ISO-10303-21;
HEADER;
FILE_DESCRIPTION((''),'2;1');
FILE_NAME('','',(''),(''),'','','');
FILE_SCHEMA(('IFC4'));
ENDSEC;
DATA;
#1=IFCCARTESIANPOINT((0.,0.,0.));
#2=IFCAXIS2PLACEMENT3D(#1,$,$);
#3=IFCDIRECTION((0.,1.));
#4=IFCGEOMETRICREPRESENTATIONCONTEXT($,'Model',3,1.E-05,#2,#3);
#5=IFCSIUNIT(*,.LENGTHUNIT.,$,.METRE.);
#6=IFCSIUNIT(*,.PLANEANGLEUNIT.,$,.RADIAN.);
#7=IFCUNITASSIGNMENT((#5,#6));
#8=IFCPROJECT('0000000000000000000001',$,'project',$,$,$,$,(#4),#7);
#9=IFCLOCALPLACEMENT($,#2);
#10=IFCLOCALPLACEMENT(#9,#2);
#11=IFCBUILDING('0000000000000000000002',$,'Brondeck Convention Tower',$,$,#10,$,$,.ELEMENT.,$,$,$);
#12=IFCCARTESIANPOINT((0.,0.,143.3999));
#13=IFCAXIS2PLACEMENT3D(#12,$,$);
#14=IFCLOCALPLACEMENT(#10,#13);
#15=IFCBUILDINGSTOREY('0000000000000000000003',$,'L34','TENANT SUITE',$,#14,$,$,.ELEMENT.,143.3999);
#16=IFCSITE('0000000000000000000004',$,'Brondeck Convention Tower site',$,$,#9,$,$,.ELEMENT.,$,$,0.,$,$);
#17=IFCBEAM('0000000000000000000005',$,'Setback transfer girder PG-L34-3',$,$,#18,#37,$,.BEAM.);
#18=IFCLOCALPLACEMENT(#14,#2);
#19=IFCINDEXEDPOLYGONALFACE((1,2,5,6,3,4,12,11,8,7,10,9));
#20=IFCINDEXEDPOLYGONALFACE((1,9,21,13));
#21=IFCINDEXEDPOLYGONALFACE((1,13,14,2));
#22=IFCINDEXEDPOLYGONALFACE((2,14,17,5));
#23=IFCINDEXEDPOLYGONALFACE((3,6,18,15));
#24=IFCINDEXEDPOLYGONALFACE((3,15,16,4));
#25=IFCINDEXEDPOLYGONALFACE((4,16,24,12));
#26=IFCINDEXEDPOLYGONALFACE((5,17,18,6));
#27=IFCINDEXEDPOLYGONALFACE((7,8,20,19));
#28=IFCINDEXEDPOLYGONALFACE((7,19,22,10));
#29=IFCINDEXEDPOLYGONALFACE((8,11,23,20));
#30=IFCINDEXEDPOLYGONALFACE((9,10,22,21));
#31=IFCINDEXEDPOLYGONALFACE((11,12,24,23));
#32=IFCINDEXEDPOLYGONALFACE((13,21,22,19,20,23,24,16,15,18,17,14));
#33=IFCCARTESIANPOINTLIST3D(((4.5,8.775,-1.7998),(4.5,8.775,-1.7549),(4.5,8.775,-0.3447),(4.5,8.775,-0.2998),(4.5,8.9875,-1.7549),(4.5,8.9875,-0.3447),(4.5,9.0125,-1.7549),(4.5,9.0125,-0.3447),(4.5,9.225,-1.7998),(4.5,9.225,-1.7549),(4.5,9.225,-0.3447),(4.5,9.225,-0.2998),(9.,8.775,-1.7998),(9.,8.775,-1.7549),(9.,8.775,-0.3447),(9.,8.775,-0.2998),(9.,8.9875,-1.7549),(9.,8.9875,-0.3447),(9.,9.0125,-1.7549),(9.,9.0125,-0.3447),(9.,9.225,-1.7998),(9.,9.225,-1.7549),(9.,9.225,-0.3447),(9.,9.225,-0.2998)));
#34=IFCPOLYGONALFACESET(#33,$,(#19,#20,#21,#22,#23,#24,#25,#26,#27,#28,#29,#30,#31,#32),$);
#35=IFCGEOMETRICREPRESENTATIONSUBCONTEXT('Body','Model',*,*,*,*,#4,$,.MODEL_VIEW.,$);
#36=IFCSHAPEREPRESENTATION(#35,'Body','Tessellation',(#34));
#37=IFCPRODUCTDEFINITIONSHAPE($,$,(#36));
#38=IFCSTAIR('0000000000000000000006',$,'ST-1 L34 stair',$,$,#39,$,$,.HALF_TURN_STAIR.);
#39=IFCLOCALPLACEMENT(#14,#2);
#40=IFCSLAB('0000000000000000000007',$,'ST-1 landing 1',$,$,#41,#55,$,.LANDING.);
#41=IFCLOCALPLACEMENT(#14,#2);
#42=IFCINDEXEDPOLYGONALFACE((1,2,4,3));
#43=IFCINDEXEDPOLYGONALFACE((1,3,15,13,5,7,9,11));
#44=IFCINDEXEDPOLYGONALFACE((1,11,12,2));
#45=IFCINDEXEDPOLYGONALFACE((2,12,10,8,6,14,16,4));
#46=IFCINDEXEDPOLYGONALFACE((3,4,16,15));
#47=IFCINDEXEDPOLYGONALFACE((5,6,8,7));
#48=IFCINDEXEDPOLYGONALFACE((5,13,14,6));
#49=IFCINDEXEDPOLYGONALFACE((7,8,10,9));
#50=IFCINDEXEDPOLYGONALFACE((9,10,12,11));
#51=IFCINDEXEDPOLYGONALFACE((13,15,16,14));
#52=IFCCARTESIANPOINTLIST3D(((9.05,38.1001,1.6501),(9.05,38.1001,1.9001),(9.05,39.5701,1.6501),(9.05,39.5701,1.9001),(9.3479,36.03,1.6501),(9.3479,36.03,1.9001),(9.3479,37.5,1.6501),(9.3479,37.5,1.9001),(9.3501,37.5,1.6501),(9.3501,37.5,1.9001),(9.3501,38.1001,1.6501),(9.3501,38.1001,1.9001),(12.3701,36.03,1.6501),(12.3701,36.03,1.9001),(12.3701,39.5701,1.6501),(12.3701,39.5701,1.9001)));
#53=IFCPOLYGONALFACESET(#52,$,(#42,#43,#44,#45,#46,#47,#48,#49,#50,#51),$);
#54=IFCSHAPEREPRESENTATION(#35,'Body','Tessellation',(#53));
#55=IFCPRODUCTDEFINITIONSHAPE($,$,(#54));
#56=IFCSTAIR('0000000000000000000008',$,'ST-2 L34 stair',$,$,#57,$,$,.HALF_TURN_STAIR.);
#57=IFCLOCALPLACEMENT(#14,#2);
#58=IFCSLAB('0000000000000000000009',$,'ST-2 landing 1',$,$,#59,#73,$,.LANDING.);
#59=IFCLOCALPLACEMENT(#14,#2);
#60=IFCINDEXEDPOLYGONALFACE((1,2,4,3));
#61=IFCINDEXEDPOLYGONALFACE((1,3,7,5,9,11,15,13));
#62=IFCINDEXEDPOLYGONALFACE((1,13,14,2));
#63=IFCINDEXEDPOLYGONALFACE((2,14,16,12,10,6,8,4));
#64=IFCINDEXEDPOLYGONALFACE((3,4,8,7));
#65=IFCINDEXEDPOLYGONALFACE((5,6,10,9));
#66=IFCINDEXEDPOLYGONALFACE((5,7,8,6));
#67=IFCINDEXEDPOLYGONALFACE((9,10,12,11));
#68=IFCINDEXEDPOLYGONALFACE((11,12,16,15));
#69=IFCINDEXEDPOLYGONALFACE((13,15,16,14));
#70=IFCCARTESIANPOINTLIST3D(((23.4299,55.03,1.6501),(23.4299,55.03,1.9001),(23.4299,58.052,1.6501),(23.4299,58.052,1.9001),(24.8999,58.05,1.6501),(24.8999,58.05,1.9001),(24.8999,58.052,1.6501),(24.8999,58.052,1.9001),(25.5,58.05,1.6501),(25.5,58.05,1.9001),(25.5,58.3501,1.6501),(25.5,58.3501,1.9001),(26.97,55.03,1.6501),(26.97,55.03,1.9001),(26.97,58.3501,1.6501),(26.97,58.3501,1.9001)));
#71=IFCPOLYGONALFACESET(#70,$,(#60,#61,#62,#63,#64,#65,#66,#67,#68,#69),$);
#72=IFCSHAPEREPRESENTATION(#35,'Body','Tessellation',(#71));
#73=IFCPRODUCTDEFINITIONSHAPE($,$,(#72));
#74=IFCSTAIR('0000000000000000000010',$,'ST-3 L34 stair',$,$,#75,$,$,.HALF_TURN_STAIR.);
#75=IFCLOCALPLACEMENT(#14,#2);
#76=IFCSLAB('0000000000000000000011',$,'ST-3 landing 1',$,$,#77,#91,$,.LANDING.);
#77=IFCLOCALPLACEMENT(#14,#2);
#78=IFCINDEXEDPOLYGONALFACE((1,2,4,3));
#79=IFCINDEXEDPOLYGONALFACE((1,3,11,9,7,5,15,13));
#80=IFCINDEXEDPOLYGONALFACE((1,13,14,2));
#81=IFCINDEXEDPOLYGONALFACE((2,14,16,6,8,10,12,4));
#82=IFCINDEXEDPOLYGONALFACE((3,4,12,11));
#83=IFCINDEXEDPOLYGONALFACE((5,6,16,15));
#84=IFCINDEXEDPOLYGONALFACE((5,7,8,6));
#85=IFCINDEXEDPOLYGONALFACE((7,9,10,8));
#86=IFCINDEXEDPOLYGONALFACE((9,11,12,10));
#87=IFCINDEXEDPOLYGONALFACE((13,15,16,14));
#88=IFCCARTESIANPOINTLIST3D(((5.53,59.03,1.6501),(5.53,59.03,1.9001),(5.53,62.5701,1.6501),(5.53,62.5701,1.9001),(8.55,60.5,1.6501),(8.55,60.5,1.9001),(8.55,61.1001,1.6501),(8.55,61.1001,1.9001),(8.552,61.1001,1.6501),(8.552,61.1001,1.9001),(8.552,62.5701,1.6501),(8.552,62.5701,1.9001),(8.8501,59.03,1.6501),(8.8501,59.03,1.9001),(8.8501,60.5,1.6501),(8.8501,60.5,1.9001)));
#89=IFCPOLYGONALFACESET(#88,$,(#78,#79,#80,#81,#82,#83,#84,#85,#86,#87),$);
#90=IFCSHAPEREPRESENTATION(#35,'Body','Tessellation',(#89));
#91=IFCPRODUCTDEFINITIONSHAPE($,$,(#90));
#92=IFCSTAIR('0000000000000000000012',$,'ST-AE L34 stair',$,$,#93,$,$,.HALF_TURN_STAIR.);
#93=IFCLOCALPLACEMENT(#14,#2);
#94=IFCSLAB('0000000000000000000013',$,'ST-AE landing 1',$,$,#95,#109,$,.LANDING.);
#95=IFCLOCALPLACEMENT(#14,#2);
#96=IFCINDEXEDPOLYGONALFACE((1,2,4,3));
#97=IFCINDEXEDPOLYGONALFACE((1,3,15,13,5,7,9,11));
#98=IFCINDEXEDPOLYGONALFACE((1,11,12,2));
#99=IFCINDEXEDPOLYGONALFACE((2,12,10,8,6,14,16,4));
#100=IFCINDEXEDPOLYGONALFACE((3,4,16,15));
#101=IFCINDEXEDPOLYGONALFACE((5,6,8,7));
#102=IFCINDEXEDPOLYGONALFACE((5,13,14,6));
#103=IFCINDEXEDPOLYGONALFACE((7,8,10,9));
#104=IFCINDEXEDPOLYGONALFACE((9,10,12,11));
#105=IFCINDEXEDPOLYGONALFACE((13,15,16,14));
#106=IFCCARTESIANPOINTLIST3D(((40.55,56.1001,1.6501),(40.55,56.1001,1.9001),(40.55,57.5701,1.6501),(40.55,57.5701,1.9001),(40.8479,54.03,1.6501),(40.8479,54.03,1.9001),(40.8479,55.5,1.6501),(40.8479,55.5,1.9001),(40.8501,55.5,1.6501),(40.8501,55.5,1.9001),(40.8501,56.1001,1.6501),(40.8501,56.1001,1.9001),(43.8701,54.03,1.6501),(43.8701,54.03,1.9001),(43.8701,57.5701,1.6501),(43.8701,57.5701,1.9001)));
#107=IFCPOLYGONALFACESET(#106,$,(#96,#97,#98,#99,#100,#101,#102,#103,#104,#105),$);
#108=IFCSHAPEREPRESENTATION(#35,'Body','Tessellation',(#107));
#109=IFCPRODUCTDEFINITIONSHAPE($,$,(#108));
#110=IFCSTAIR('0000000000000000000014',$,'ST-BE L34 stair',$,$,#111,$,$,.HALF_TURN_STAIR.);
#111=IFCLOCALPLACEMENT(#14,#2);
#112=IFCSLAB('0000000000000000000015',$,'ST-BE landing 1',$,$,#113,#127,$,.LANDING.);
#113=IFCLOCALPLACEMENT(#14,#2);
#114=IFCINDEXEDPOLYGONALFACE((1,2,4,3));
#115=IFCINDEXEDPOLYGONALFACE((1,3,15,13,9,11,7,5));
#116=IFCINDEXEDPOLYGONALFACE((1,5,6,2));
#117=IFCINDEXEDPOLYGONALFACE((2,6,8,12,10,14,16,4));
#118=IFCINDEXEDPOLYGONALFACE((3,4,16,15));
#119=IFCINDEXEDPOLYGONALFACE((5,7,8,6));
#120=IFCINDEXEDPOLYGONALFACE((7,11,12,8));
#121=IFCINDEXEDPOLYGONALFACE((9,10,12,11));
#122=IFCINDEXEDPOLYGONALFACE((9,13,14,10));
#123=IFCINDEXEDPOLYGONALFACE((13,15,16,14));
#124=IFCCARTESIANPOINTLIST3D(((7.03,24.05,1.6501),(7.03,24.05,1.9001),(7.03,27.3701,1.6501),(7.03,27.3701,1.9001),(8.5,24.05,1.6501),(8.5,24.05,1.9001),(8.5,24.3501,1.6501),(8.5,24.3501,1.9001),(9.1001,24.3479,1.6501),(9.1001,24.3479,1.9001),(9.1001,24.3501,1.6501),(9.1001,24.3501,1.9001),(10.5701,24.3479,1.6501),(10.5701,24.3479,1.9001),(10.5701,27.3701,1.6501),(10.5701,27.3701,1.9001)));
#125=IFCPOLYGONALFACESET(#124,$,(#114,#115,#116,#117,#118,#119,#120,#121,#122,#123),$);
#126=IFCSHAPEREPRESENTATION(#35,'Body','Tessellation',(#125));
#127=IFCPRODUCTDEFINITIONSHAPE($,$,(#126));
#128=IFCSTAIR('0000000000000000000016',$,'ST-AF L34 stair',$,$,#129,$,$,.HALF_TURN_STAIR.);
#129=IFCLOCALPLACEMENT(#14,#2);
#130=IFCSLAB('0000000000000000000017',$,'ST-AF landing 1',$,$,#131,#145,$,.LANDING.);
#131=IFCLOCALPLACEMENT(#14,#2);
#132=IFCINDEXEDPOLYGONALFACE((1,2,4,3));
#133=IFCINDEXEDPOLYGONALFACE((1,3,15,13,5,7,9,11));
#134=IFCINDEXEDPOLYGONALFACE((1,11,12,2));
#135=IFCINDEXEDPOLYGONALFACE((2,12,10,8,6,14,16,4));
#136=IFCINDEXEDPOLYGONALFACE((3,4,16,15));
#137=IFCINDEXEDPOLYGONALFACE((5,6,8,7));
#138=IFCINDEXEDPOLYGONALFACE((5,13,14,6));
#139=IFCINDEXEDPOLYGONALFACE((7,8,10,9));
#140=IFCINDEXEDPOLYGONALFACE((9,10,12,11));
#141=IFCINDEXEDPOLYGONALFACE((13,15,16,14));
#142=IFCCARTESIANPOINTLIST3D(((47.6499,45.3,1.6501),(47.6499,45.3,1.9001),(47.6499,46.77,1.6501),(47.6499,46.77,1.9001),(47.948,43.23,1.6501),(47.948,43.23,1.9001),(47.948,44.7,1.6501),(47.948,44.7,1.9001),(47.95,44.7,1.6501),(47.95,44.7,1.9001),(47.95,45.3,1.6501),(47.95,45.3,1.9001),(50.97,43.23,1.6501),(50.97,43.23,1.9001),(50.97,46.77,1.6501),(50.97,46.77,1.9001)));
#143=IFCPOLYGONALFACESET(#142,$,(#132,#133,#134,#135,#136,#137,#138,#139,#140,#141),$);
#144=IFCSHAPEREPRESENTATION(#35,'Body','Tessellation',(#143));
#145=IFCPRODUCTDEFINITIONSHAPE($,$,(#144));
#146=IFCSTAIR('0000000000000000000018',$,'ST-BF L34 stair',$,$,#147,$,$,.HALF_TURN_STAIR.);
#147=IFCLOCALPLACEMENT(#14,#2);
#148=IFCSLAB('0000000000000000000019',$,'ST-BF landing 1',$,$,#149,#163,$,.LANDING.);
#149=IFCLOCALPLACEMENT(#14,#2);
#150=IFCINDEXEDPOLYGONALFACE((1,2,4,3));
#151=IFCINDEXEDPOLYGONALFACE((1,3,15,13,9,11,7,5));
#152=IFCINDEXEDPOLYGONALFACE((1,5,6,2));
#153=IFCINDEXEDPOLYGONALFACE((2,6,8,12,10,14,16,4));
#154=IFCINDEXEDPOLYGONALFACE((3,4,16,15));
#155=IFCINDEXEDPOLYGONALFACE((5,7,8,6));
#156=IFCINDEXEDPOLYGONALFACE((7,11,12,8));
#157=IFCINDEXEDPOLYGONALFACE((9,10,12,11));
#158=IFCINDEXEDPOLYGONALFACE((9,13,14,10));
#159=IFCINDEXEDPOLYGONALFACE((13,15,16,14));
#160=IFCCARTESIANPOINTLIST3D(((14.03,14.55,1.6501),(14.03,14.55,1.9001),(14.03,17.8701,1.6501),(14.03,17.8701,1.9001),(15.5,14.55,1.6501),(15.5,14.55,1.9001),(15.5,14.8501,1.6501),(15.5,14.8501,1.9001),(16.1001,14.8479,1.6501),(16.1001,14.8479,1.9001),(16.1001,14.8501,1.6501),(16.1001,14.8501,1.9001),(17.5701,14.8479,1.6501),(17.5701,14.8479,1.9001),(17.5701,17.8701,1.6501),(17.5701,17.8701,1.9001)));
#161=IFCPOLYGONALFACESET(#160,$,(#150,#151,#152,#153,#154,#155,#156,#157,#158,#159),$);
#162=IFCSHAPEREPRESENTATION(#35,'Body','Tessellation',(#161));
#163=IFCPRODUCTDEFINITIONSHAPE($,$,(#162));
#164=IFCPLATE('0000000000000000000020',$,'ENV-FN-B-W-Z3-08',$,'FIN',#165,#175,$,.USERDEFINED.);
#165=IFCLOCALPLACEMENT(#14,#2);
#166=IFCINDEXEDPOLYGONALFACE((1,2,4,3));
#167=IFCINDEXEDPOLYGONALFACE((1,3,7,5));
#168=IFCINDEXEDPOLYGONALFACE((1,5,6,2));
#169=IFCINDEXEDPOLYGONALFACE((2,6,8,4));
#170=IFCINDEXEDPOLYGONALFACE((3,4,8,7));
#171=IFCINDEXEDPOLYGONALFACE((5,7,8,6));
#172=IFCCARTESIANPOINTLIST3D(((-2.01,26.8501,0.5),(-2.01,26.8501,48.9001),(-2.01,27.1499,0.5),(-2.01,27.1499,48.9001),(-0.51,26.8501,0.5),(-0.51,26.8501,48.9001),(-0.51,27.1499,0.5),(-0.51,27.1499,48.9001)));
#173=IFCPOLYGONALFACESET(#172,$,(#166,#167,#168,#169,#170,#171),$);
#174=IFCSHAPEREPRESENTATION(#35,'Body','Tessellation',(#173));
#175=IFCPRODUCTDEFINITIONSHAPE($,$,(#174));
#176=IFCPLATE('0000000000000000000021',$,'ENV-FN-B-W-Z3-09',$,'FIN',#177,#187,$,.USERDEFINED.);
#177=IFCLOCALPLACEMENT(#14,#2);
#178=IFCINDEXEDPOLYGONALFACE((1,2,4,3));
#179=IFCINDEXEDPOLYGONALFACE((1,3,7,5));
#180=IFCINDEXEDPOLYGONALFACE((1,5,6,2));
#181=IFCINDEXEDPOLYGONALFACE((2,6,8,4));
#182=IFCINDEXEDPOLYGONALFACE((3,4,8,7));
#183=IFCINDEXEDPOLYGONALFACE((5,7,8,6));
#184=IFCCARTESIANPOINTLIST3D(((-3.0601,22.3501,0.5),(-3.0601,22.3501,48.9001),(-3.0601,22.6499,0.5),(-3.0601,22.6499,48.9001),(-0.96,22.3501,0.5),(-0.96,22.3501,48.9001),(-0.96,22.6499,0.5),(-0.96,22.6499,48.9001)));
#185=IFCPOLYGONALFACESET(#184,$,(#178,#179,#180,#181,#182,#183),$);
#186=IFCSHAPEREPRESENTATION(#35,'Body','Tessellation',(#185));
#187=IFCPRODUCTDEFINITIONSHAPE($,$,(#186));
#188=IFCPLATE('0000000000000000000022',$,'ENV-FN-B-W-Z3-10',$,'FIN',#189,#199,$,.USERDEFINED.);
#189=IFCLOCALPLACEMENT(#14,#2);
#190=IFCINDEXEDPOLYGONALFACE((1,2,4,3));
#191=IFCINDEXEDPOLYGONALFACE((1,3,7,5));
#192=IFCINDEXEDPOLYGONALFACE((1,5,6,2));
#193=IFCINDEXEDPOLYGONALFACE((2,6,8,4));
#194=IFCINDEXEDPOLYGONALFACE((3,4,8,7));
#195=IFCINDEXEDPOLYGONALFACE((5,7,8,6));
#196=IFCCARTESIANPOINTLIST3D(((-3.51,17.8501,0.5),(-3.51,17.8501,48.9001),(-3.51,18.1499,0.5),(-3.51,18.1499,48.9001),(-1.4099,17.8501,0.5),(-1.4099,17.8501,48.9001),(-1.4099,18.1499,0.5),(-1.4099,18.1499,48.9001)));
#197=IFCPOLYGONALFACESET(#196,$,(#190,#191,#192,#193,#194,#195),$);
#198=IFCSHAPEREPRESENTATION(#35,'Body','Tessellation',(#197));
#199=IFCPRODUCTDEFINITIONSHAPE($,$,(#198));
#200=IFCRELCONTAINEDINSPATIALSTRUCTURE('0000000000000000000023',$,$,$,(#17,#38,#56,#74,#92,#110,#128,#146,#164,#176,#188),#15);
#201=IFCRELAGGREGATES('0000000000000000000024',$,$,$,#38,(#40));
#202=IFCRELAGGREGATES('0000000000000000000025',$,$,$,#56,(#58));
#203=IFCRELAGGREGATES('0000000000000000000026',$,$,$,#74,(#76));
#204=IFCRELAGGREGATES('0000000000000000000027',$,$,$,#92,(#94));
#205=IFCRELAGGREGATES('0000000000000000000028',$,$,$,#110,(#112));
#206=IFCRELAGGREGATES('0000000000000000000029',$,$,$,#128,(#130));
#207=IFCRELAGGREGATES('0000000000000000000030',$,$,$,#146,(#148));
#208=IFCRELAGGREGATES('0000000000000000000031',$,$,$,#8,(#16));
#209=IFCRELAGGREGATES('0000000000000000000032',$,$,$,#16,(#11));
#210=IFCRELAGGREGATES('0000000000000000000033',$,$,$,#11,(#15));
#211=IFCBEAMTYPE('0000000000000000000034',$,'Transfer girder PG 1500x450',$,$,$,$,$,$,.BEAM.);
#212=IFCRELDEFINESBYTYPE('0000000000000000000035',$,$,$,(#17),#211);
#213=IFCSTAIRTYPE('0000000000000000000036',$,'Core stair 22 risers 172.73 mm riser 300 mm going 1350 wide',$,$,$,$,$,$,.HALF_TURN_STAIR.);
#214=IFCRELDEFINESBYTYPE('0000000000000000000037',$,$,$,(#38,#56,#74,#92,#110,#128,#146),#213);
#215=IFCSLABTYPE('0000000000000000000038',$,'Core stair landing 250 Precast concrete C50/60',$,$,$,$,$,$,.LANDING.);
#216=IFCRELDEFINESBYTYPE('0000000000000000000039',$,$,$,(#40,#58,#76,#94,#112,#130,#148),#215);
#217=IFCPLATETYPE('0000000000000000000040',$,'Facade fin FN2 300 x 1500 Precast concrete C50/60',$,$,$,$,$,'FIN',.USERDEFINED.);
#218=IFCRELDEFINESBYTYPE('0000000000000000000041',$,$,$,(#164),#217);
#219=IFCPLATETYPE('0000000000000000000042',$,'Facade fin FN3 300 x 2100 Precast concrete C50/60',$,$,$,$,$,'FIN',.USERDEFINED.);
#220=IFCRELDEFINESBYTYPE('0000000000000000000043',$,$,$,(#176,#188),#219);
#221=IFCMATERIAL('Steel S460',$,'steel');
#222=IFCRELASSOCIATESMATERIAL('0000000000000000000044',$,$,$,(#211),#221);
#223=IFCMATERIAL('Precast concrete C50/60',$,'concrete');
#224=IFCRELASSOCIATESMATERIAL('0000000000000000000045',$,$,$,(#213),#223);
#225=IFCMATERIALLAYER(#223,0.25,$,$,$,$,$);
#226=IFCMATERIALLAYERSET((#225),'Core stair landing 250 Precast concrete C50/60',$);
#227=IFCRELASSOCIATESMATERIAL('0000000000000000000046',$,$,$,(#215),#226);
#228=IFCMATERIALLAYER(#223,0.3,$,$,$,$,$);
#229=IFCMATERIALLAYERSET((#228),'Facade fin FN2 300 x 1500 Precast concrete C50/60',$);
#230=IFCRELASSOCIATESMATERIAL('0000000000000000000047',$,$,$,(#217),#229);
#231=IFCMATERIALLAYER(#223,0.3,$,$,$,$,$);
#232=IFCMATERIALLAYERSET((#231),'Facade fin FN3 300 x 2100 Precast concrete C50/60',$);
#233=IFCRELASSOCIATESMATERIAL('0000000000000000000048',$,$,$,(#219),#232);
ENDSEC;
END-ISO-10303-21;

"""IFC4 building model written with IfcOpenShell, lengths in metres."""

from ifc_helpers import new_model, si_unit, direction, frame, origin, origin_2d, place, context, subcontext, project, spatial, polyline, i_section, outline, extrude, material, layer, layer_set, material_profile, profile_set, type_object, element, aggregate, save


model = new_model("IFC4")

# Units and contexts
model_context = context("Model", 3, precision=1e-05, world=origin(), true_north=direction((0.0, 1.0)))
body_context = subcontext(model_context, "Body", "Model", "MODEL_VIEW")
ifc_project = project(units=[si_unit("LENGTHUNIT", "METRE"), si_unit("PLANEANGLEUNIT", "RADIAN")], contexts=[model_context])

# Site, building, storey
site_placement = place(None, origin())
site = spatial("IfcSite", under=ifc_project, at=site_placement, Name="Brondeck Convention Tower site", CompositionType="ELEMENT", RefElevation=0.0)
building_placement = place(site_placement, origin())
building = spatial("IfcBuilding", under=site, at=building_placement, Name="Brondeck Convention Tower", CompositionType="ELEMENT")
storey_placement = place(building_placement, frame((0.0, 0.0, 143.3999)))
storey = spatial("IfcBuildingStorey", under=building, at=storey_placement, Name="L34", Description="TENANT SUITE", CompositionType="ELEMENT", Elevation=143.3999)

# Beam
ifc_material_1 = material(Name="Steel S460", Category="steel")
ifc_material_profile_1 = material_profile(ifc_material_1, i_section(OverallWidth=0.45, OverallDepth=1.5, WebThickness=0.0249, FlangeThickness=0.0449, at=origin_2d()), Name="PG 1500x450")
ifc_profile_set_1 = profile_set([ifc_material_profile_1], Name="Steel S460")
beam_type_1 = type_object("IfcBeamType", Name="Transfer girder PG 1500x450", PredefinedType="BEAM", material=ifc_profile_set_1)
beam_1_placement = place(storey_placement, frame((4.5, 9.0, -1.0498), z_axis=(1.0, 0.0, 0.0), x_axis=(0.0, 1.0, 0.0)))
element("IfcBeam", 1, at=beam_1_placement, inside=storey, type_object=beam_type_1, Name="Setback transfer girder PG-L34-3", PredefinedType="BEAM", context=body_context, shape_type="SweptSolid", body=[
    extrude(i_section(OverallWidth=0.45, OverallDepth=1.5, WebThickness=0.0249, FlangeThickness=0.0449, at=origin_2d()), origin(), (0.0, 0.0, 1.0), 4.5),
])

# Stairs, slabs
ifc_material_2 = material(Name="Precast concrete C50/60", Category="concrete")
stair_type = type_object("IfcStairType", Name="Core stair 22 risers 172.73 mm riser 300 mm going 1350 wide", PredefinedType="HALF_TURN_STAIR", material=ifc_material_2)
stair_1_placement = place(storey_placement, origin())
stair_1 = element("IfcStair", 2, at=stair_1_placement, inside=storey, type_object=stair_type, Name="ST-1 L34 stair", PredefinedType="HALF_TURN_STAIR")
ifc_layer_1 = layer(ifc_material_2, 0.25)
ifc_layer_set_1 = layer_set([ifc_layer_1], Name="Core stair landing 250 Precast concrete C50/60")
slab_type = type_object("IfcSlabType", Name="Core stair landing 250 Precast concrete C50/60", PredefinedType="LANDING", material=ifc_layer_set_1)
slab_1_placement = place(storey_placement, frame((0.0, 0.0, 1.6501)))
slab_1 = element("IfcSlab", 3, at=slab_1_placement, type_object=slab_type, Name="ST-1 landing 1", PredefinedType="LANDING", context=body_context, shape_type="SweptSolid", body=[
    extrude(outline(polyline([(9.3479, 37.5), (9.3501, 37.5), (9.3501, 38.1001), (9.05, 38.1001), (9.05, 39.5701), (12.3701, 39.5701), (12.3701, 36.03), (9.3479, 36.03), (9.3479, 37.5)])), origin(), (0.0, 0.0, 1.0), 0.25),
])
aggregate(stair_1, [slab_1])
stair_2_placement = place(storey_placement, origin())
stair_2 = element("IfcStair", 4, at=stair_2_placement, inside=storey, type_object=stair_type, Name="ST-2 L34 stair", PredefinedType="HALF_TURN_STAIR")
slab_2_placement = place(storey_placement, frame((0.0, 0.0, 1.6501)))
slab_2 = element("IfcSlab", 5, at=slab_2_placement, type_object=slab_type, Name="ST-2 landing 1", PredefinedType="LANDING", context=body_context, shape_type="SweptSolid", body=[
    extrude(outline(polyline([(23.4299, 58.052), (24.8999, 58.052), (24.8999, 58.05), (25.5, 58.05), (25.5, 58.3501), (26.97, 58.3501), (26.97, 55.03), (23.4299, 55.03), (23.4299, 58.052)])), origin(), (0.0, 0.0, 1.0), 0.25),
])
aggregate(stair_2, [slab_2])
stair_3_placement = place(storey_placement, origin())
stair_3 = element("IfcStair", 6, at=stair_3_placement, inside=storey, type_object=stair_type, Name="ST-3 L34 stair", PredefinedType="HALF_TURN_STAIR")
slab_3_placement = place(storey_placement, frame((0.0, 0.0, 1.6501)))
slab_3 = element("IfcSlab", 7, at=slab_3_placement, type_object=slab_type, Name="ST-3 landing 1", PredefinedType="LANDING", context=body_context, shape_type="SweptSolid", body=[
    extrude(outline(polyline([(8.8501, 60.5), (8.8501, 59.03), (5.53, 59.03), (5.53, 62.5701), (8.552, 62.5701), (8.552, 61.1001), (8.55, 61.1001), (8.55, 60.5), (8.8501, 60.5)])), origin(), (0.0, 0.0, 1.0), 0.25),
])
aggregate(stair_3, [slab_3])
stair_4_placement = place(storey_placement, origin())
stair_4 = element("IfcStair", 8, at=stair_4_placement, inside=storey, type_object=stair_type, Name="ST-AE L34 stair", PredefinedType="HALF_TURN_STAIR")
slab_4_placement = place(storey_placement, frame((0.0, 0.0, 1.6501)))
slab_4 = element("IfcSlab", 9, at=slab_4_placement, type_object=slab_type, Name="ST-AE landing 1", PredefinedType="LANDING", context=body_context, shape_type="SweptSolid", body=[
    extrude(outline(polyline([(40.8479, 55.5), (40.8501, 55.5), (40.8501, 56.1001), (40.55, 56.1001), (40.55, 57.5701), (43.8701, 57.5701), (43.8701, 54.03), (40.8479, 54.03), (40.8479, 55.5)])), origin(), (0.0, 0.0, 1.0), 0.25),
])
aggregate(stair_4, [slab_4])
stair_5_placement = place(storey_placement, origin())
stair_5 = element("IfcStair", 10, at=stair_5_placement, inside=storey, type_object=stair_type, Name="ST-BE L34 stair", PredefinedType="HALF_TURN_STAIR")
slab_5_placement = place(storey_placement, frame((0.0, 0.0, 1.6501)))
slab_5 = element("IfcSlab", 11, at=slab_5_placement, type_object=slab_type, Name="ST-BE landing 1", PredefinedType="LANDING", context=body_context, shape_type="SweptSolid", body=[
    extrude(outline(polyline([(7.03, 24.05), (7.03, 27.3701), (10.5701, 27.3701), (10.5701, 24.3479), (9.1001, 24.3479), (9.1001, 24.3501), (8.5, 24.3501), (8.5, 24.05), (7.03, 24.05)])), origin(), (0.0, 0.0, 1.0), 0.25),
])
aggregate(stair_5, [slab_5])
stair_6_placement = place(storey_placement, origin())
stair_6 = element("IfcStair", 12, at=stair_6_placement, inside=storey, type_object=stair_type, Name="ST-AF L34 stair", PredefinedType="HALF_TURN_STAIR")
slab_6_placement = place(storey_placement, frame((0.0, 0.0, 1.6501)))
slab_6 = element("IfcSlab", 13, at=slab_6_placement, type_object=slab_type, Name="ST-AF landing 1", PredefinedType="LANDING", context=body_context, shape_type="SweptSolid", body=[
    extrude(outline(polyline([(47.948, 44.7), (47.95, 44.7), (47.95, 45.3), (47.6499, 45.3), (47.6499, 46.77), (50.97, 46.77), (50.97, 43.23), (47.948, 43.23), (47.948, 44.7)])), origin(), (0.0, 0.0, 1.0), 0.25),
])
aggregate(stair_6, [slab_6])
stair_7_placement = place(storey_placement, origin())
stair_7 = element("IfcStair", 14, at=stair_7_placement, inside=storey, type_object=stair_type, Name="ST-BF L34 stair", PredefinedType="HALF_TURN_STAIR")
slab_7_placement = place(storey_placement, frame((0.0, 0.0, 1.6501)))
slab_7 = element("IfcSlab", 15, at=slab_7_placement, type_object=slab_type, Name="ST-BF landing 1", PredefinedType="LANDING", context=body_context, shape_type="SweptSolid", body=[
    extrude(outline(polyline([(14.03, 14.55), (14.03, 17.8701), (17.5701, 17.8701), (17.5701, 14.8479), (16.1001, 14.8479), (16.1001, 14.8501), (15.5, 14.8501), (15.5, 14.55), (14.03, 14.55)])), origin(), (0.0, 0.0, 1.0), 0.25),
])
aggregate(stair_7, [slab_7])

# Plates
ifc_layer_2 = layer(ifc_material_2, 0.3)
ifc_layer_set_2 = layer_set([ifc_layer_2], Name="Facade fin FN2 300 x 1500 Precast concrete C50/60")
plate_type_1 = type_object("IfcPlateType", Name="Facade fin FN2 300 x 1500 Precast concrete C50/60", ElementType="FIN", PredefinedType="USERDEFINED", material=ifc_layer_set_2)
plate_1_placement = place(storey_placement, frame((0.0, 0.0, 0.5)))
element("IfcPlate", 16, at=plate_1_placement, inside=storey, type_object=plate_type_1, Name="ENV-FN-B-W-Z3-08", ObjectType="FIN", PredefinedType="USERDEFINED", context=body_context, shape_type="SweptSolid", body=[
    extrude(outline(polyline([(-2.01, 26.8501), (-0.51, 26.8501), (-0.51, 27.1499), (-2.01, 27.1499), (-2.01, 26.8501)])), origin(), (0.0, 0.0, 1.0), 48.4001),
])
ifc_layer_3 = layer(ifc_material_2, 0.3)
ifc_layer_set_3 = layer_set([ifc_layer_3], Name="Facade fin FN3 300 x 2100 Precast concrete C50/60")
plate_type_2 = type_object("IfcPlateType", Name="Facade fin FN3 300 x 2100 Precast concrete C50/60", ElementType="FIN", PredefinedType="USERDEFINED", material=ifc_layer_set_3)
plate_2_placement = place(storey_placement, frame((0.0, 0.0, 0.5)))
element("IfcPlate", 17, at=plate_2_placement, inside=storey, type_object=plate_type_2, Name="ENV-FN-B-W-Z3-09", ObjectType="FIN", PredefinedType="USERDEFINED", context=body_context, shape_type="SweptSolid", body=[
    extrude(outline(polyline([(-3.0601, 22.3501), (-0.96, 22.3501), (-0.96, 22.6499), (-3.0601, 22.6499), (-3.0601, 22.3501)])), origin(), (0.0, 0.0, 1.0), 48.4001),
])
plate_3_placement = place(storey_placement, frame((0.0, 0.0, 0.5)))
element("IfcPlate", 18, at=plate_3_placement, inside=storey, type_object=plate_type_2, Name="ENV-FN-B-W-Z3-10", ObjectType="FIN", PredefinedType="USERDEFINED", context=body_context, shape_type="SweptSolid", body=[
    extrude(outline(polyline([(-3.51, 17.8501), (-1.4099, 17.8501), (-1.4099, 18.1499), (-3.51, 18.1499), (-3.51, 17.8501)])), origin(), (0.0, 0.0, 1.0), 48.4001),
])

save(model, "model.ifc")
